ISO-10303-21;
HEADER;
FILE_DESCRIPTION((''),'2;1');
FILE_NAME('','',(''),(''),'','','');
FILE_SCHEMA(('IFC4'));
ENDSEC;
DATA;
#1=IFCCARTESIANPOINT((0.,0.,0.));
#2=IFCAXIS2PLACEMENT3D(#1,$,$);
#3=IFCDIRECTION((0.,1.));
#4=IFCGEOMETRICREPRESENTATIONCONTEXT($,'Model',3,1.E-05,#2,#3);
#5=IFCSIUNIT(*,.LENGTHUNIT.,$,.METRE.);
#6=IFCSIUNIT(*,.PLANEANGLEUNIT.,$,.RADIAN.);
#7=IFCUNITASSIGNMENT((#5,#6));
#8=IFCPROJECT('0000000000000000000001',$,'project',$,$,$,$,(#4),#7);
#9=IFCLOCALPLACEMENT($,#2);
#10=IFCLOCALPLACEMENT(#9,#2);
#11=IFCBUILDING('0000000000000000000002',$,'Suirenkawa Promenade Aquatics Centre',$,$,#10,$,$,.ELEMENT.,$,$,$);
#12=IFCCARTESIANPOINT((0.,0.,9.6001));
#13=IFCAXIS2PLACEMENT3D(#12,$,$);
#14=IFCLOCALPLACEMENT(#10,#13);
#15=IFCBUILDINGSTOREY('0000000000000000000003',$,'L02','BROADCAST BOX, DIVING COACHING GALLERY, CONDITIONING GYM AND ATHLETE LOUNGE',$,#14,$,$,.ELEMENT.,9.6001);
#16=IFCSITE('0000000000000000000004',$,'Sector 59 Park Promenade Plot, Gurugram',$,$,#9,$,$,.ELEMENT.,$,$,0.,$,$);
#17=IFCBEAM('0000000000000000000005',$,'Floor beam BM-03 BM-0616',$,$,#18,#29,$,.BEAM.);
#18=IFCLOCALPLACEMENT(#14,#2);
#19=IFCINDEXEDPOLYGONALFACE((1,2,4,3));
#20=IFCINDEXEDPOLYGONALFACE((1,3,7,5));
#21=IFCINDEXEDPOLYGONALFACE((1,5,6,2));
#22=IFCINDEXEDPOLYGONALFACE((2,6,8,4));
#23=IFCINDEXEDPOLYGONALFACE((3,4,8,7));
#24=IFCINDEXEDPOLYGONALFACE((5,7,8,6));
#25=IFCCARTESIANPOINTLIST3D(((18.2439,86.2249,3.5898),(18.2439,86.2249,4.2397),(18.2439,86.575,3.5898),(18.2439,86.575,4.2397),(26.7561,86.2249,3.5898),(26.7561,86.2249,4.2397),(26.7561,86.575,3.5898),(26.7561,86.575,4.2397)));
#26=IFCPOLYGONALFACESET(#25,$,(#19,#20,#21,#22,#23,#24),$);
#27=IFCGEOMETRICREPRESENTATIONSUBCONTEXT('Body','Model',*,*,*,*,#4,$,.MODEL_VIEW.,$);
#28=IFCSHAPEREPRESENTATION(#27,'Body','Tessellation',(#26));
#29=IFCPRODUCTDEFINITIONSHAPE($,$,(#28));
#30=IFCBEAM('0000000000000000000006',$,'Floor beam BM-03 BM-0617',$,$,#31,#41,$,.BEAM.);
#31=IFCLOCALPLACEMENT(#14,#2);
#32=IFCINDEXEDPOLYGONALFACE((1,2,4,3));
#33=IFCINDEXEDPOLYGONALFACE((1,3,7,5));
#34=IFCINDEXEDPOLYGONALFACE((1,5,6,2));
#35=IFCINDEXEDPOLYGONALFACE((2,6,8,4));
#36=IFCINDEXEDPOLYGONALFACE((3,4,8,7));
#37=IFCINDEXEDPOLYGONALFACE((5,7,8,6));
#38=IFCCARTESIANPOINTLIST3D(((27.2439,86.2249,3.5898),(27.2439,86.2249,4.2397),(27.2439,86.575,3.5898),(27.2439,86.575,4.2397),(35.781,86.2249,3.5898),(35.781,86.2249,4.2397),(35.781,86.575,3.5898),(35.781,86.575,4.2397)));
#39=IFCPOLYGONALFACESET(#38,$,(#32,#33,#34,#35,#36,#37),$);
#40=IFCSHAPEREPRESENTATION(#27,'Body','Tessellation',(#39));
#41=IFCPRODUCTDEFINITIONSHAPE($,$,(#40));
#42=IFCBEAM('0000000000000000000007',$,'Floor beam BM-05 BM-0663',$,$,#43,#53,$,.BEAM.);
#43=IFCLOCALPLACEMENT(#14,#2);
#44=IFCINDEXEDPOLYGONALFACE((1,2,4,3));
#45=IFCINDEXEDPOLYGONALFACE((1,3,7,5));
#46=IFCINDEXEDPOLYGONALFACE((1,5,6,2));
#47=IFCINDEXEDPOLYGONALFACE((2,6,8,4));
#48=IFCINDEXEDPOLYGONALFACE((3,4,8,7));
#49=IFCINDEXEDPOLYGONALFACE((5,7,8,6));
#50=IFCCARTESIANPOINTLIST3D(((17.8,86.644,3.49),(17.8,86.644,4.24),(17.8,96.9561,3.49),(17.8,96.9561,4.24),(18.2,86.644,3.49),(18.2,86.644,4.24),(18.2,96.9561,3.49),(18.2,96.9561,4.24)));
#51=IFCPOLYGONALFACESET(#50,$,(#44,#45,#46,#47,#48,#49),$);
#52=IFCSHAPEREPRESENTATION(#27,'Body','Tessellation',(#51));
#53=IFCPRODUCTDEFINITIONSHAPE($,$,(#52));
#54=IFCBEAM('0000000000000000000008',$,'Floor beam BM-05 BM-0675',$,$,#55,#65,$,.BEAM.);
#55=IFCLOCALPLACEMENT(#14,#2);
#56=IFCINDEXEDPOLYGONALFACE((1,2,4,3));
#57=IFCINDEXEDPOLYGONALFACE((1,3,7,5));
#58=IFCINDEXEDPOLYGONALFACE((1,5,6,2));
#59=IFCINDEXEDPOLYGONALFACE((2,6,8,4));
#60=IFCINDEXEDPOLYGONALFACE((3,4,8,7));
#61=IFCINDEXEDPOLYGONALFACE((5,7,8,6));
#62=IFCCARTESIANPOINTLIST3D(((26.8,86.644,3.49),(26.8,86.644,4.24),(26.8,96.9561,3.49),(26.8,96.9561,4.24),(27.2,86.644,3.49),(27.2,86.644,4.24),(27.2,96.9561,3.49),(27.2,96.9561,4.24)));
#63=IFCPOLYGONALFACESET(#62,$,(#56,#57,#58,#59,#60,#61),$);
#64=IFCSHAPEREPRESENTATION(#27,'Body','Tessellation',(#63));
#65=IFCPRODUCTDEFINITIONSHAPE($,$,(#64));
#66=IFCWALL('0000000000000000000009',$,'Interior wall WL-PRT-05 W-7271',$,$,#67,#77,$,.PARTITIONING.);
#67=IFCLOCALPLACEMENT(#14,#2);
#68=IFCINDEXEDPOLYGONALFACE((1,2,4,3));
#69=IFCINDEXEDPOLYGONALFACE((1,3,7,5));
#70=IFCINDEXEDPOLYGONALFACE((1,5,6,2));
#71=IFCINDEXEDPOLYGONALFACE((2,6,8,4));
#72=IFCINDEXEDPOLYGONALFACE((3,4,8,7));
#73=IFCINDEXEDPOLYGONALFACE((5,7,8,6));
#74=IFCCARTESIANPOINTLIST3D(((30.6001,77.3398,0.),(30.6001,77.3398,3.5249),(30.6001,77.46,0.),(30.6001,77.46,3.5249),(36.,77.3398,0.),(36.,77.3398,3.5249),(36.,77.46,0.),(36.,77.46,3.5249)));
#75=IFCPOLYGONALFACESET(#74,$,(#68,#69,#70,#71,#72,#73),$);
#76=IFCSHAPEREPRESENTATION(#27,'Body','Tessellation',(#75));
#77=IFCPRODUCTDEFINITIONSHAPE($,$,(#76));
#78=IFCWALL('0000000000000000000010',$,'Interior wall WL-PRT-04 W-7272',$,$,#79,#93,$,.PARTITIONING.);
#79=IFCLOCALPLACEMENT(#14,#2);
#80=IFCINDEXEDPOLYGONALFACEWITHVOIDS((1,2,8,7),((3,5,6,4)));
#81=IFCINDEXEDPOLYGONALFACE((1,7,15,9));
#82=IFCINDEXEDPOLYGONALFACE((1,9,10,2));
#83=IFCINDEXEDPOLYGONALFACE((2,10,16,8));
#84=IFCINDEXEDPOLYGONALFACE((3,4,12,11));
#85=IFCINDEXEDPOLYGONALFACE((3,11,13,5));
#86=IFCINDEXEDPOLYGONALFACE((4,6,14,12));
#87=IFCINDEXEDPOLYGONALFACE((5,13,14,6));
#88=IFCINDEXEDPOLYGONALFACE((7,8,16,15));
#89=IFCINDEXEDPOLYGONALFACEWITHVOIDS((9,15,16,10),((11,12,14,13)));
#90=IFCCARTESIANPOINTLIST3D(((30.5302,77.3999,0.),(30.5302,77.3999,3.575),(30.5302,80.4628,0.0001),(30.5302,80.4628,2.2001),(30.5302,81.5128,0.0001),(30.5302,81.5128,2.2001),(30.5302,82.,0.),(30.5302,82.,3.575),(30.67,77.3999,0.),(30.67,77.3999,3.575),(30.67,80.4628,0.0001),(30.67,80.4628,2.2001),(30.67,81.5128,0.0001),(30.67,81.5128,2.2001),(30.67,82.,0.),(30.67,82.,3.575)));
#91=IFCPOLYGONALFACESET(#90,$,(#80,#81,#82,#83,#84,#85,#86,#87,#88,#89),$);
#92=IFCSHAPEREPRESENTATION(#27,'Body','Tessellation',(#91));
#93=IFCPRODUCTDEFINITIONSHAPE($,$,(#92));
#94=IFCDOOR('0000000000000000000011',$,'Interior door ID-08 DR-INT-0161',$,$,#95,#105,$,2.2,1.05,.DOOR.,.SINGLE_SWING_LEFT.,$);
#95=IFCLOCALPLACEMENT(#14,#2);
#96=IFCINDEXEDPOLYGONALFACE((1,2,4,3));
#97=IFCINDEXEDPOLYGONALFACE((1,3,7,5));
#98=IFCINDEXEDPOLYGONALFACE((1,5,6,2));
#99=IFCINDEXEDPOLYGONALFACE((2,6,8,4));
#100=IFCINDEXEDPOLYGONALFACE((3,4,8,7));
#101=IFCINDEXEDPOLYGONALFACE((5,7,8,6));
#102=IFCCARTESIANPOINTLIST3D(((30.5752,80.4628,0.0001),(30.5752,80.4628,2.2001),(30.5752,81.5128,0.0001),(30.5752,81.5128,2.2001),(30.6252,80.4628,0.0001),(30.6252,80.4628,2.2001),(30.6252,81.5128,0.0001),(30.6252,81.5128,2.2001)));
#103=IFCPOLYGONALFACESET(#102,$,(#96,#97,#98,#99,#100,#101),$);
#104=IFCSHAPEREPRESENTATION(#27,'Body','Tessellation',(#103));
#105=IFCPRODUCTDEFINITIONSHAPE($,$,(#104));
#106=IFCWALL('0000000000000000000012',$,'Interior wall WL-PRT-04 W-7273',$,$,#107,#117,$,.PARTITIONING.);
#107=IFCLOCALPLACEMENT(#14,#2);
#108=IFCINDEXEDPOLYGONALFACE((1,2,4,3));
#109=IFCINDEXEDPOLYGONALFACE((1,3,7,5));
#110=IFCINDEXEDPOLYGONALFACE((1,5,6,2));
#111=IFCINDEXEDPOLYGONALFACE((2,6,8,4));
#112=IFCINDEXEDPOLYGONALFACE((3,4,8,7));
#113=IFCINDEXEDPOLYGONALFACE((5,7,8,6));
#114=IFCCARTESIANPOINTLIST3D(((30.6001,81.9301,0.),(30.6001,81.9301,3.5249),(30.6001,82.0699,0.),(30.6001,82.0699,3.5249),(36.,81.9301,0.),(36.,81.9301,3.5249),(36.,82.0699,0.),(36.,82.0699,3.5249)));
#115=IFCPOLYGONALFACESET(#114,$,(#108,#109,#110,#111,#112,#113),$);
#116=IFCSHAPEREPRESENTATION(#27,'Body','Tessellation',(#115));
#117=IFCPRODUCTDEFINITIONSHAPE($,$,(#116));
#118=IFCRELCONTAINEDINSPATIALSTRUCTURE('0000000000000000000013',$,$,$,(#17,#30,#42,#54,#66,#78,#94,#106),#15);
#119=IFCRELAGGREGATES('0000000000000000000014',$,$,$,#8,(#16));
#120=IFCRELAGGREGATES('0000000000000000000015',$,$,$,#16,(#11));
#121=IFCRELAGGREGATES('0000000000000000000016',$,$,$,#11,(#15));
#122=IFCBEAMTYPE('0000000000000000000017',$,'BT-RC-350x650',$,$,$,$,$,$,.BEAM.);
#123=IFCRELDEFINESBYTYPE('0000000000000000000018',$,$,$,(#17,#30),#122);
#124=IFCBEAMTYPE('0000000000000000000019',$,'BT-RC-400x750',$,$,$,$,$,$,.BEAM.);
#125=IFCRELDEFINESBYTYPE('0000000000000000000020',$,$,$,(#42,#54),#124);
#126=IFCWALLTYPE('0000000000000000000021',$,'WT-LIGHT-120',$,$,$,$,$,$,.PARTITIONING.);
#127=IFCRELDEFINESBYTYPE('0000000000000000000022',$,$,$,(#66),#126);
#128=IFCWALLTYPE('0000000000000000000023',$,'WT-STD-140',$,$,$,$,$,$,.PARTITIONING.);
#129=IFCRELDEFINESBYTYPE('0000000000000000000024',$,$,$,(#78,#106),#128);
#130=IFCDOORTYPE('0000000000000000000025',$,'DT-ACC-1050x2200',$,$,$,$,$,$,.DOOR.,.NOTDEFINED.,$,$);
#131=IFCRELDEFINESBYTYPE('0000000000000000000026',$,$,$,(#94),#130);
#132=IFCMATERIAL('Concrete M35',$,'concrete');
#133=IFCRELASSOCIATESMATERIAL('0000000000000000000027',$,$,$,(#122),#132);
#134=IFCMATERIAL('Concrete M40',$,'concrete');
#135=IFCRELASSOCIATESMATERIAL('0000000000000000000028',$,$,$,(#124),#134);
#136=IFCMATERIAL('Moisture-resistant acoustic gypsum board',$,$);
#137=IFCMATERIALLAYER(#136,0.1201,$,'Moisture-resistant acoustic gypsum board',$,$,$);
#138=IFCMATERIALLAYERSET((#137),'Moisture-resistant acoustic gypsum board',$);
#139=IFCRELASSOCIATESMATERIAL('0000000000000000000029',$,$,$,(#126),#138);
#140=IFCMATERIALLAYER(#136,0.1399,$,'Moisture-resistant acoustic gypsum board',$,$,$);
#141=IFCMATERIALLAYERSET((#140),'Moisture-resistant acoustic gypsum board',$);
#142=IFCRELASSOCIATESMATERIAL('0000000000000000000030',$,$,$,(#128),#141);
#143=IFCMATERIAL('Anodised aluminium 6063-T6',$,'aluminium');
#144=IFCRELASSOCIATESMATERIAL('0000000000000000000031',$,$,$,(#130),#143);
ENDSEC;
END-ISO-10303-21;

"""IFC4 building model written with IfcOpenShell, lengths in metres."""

from ifc_helpers import new_model, si_unit, direction, frame, frame_2d, origin, origin_2d, place, context, subcontext, project, spatial, rectangle, extrude, material, layer, layer_set, material_profile, profile_set, type_object, element, fill, save


model = new_model("IFC4")

# Units and contexts
model_context = context("Model", 3, precision=1e-05, world=origin(), true_north=direction((0.0, 1.0)))
body_context = subcontext(model_context, "Body", "Model", "MODEL_VIEW")
ifc_project = project(units=[si_unit("LENGTHUNIT", "METRE"), si_unit("PLANEANGLEUNIT", "RADIAN")], contexts=[model_context])

# Site, building, storey
site_placement = place(None, origin())
site = spatial("IfcSite", under=ifc_project, at=site_placement, Name="Sector 59 Park Promenade Plot, Gurugram", CompositionType="ELEMENT", RefElevation=0.0)
building_placement = place(site_placement, origin())
building = spatial("IfcBuilding", under=site, at=building_placement, Name="Suirenkawa Promenade Aquatics Centre", CompositionType="ELEMENT")
storey_placement = place(building_placement, frame((0.0, 0.0, 9.6001)))
storey = spatial("IfcBuildingStorey", under=building, at=storey_placement, Name="L02", Description="BROADCAST BOX, DIVING COACHING GALLERY, CONDITIONING GYM AND ATHLETE LOUNGE", CompositionType="ELEMENT", Elevation=9.6001)

# Shared definitions
ifc_material_1 = material(Name="Concrete M40", Category="concrete")

# Beams
ifc_material_2 = material(Name="Concrete M35", Category="concrete")
ifc_material_profile_1 = material_profile(ifc_material_2, rectangle(XDim=0.3501, YDim=0.6499, at=origin_2d()), Name="RC BM 350x650", Category="concrete")
ifc_profile_set_1 = profile_set([ifc_material_profile_1], Name="Concrete M35")
beam_type_1 = type_object("IfcBeamType", Name="BT-RC-350x650", PredefinedType="BEAM", material=ifc_profile_set_1)
beam_1_placement = place(storey_placement, frame((18.2439, 86.3999, 3.9148), z_axis=(1.0, 0.0, 0.0), x_axis=(0.0, 1.0, 0.0)))
element("IfcBeam", 1, at=beam_1_placement, inside=storey, type_object=beam_type_1, Name="Floor beam BM-03 BM-0616", PredefinedType="BEAM", context=body_context, shape_type="SweptSolid", body=[
    extrude(rectangle(XDim=0.3501, YDim=0.6499, at=origin_2d()), origin(), (0.0, 0.0, 1.0), 8.5122),
])
beam_2_placement = place(storey_placement, frame((27.2439, 86.3999, 3.9148), z_axis=(1.0, 0.0, 0.0), x_axis=(0.0, 1.0, 0.0)))
element("IfcBeam", 2, at=beam_2_placement, inside=storey, type_object=beam_type_1, Name="Floor beam BM-03 BM-0617", PredefinedType="BEAM", context=body_context, shape_type="SweptSolid", body=[
    extrude(rectangle(XDim=0.3501, YDim=0.6499, at=origin_2d()), origin(), (0.0, 0.0, 1.0), 8.5371),
])
ifc_material_profile_2 = material_profile(ifc_material_1, rectangle(XDim=0.3999, YDim=0.75, at=origin_2d()), Name="RC BM 400x750", Category="concrete")
ifc_profile_set_2 = profile_set([ifc_material_profile_2], Name="Concrete M40")
beam_type_2 = type_object("IfcBeamType", Name="BT-RC-400x750", PredefinedType="BEAM", material=ifc_profile_set_2)
for number, where, z_axis, x_axis, name in (
    (3, (18.0, 86.644, 3.865), (0.0, 1.0, 0.0), (-1.0, 0.0, 0.0), "Floor beam BM-05 BM-0663"),
    (4, (27.0, 86.644, 3.865), (0.0, 1.0, 0.0), (-1.0, 0.0, 0.0), "Floor beam BM-05 BM-0675"),
):
    element("IfcBeam", number, at=place(storey_placement, frame(where, z_axis=z_axis, x_axis=x_axis)), inside=storey, type_object=beam_type_2, Name=name, PredefinedType="BEAM", context=body_context, shape_type="SweptSolid", body=[
        extrude(rectangle(XDim=0.3999, YDim=0.75, at=origin_2d()), origin(), (0.0, 0.0, 1.0), 10.312),
    ])

# Wall
ifc_material_3 = material(Name="Moisture-resistant acoustic gypsum board")
ifc_layer_1 = layer(ifc_material_3, 0.1201, Name="Moisture-resistant acoustic gypsum board")
ifc_layer_set_1 = layer_set([ifc_layer_1], Name="Moisture-resistant acoustic gypsum board")
wall_type_1 = type_object("IfcWallType", Name="WT-LIGHT-120", PredefinedType="PARTITIONING", material=ifc_layer_set_1)
wall_1_placement = place(storey_placement, frame((30.6001, 77.3999, 0.0), z_axis=(0.0, 0.0, 1.0), x_axis=(1.0, 0.0, 0.0)))
element("IfcWall", 5, at=wall_1_placement, inside=storey, type_object=wall_type_1, Name="Interior wall WL-PRT-05 W-7271", PredefinedType="PARTITIONING", context=body_context, shape_type="SweptSolid", body=[
    extrude(rectangle(XDim=5.3999, YDim=0.1201, at=frame_2d((2.7, 0.0))), origin(), (0.0, 0.0, 1.0), 3.5249),
])

# Wall, opening, door
ifc_layer_2 = layer(ifc_material_3, 0.1399, Name="Moisture-resistant acoustic gypsum board")
ifc_layer_set_2 = layer_set([ifc_layer_2], Name="Moisture-resistant acoustic gypsum board")
wall_type_2 = type_object("IfcWallType", Name="WT-STD-140", PredefinedType="PARTITIONING", material=ifc_layer_set_2)
wall_2_placement = place(storey_placement, frame((30.6001, 77.3999, 0.0), z_axis=(0.0, 0.0, 1.0), x_axis=(0.0, 1.0, 0.0)))
wall_2 = element("IfcWall", 6, at=wall_2_placement, inside=storey, type_object=wall_type_2, Name="Interior wall WL-PRT-04 W-7272", PredefinedType="PARTITIONING", context=body_context, shape_type="SweptSolid", body=[
    extrude(rectangle(XDim=4.6001, YDim=0.1399, at=frame_2d((2.3, 0.0))), origin(), (0.0, 0.0, 1.0), 3.575),
])
opening_placement = place(wall_2_placement, frame((3.063, 0.0, 0.0)))
opening = element("IfcOpeningElement", 7, at=opening_placement, cuts=wall_2, PredefinedType="OPENING", context=body_context, shape_type="SweptSolid", body=[
    extrude(rectangle(XDim=1.05, YDim=2.2, at=frame_2d((0.5249, 1.1001))), frame((0.0, 0.0798, 0.0), z_axis=(0.0, -1.0, 0.0), x_axis=(1.0, 0.0, 0.0)), (0.0, 0.0, 1.0), 0.1599),
])
ifc_material_4 = material(Name="Anodised aluminium 6063-T6", Category="aluminium")
door_type = type_object("IfcDoorType", Name="DT-ACC-1050x2200", OperationType="NOTDEFINED", PredefinedType="DOOR", material=ifc_material_4)
door_placement = place(opening_placement, origin())
door = element("IfcDoor", 8, at=door_placement, inside=storey, type_object=door_type, Name="Interior door ID-08 DR-INT-0161", OperationType="SINGLE_SWING_LEFT", OverallHeight=2.2, OverallWidth=1.05, PredefinedType="DOOR", context=body_context, shape_type="SweptSolid", body=[
    extrude(rectangle(XDim=1.05, YDim=2.2, at=frame_2d((0.5249, 1.1001))), frame((0.0, 0.0249, 0.0), z_axis=(0.0, -1.0, 0.0), x_axis=(1.0, 0.0, 0.0)), (0.0, 0.0, 1.0), 0.05),
])
fill(opening, door)

# Wall
wall_3_placement = place(storey_placement, frame((30.6001, 82.0, 0.0), z_axis=(0.0, 0.0, 1.0), x_axis=(1.0, 0.0, 0.0)))
element("IfcWall", 9, at=wall_3_placement, inside=storey, type_object=wall_type_2, Name="Interior wall WL-PRT-04 W-7273", PredefinedType="PARTITIONING", context=body_context, shape_type="SweptSolid", body=[
    extrude(rectangle(XDim=5.3999, YDim=0.1399, at=frame_2d((2.7, 0.0))), origin(), (0.0, 0.0, 1.0), 3.5249),
])

save(model, "model.ifc")
